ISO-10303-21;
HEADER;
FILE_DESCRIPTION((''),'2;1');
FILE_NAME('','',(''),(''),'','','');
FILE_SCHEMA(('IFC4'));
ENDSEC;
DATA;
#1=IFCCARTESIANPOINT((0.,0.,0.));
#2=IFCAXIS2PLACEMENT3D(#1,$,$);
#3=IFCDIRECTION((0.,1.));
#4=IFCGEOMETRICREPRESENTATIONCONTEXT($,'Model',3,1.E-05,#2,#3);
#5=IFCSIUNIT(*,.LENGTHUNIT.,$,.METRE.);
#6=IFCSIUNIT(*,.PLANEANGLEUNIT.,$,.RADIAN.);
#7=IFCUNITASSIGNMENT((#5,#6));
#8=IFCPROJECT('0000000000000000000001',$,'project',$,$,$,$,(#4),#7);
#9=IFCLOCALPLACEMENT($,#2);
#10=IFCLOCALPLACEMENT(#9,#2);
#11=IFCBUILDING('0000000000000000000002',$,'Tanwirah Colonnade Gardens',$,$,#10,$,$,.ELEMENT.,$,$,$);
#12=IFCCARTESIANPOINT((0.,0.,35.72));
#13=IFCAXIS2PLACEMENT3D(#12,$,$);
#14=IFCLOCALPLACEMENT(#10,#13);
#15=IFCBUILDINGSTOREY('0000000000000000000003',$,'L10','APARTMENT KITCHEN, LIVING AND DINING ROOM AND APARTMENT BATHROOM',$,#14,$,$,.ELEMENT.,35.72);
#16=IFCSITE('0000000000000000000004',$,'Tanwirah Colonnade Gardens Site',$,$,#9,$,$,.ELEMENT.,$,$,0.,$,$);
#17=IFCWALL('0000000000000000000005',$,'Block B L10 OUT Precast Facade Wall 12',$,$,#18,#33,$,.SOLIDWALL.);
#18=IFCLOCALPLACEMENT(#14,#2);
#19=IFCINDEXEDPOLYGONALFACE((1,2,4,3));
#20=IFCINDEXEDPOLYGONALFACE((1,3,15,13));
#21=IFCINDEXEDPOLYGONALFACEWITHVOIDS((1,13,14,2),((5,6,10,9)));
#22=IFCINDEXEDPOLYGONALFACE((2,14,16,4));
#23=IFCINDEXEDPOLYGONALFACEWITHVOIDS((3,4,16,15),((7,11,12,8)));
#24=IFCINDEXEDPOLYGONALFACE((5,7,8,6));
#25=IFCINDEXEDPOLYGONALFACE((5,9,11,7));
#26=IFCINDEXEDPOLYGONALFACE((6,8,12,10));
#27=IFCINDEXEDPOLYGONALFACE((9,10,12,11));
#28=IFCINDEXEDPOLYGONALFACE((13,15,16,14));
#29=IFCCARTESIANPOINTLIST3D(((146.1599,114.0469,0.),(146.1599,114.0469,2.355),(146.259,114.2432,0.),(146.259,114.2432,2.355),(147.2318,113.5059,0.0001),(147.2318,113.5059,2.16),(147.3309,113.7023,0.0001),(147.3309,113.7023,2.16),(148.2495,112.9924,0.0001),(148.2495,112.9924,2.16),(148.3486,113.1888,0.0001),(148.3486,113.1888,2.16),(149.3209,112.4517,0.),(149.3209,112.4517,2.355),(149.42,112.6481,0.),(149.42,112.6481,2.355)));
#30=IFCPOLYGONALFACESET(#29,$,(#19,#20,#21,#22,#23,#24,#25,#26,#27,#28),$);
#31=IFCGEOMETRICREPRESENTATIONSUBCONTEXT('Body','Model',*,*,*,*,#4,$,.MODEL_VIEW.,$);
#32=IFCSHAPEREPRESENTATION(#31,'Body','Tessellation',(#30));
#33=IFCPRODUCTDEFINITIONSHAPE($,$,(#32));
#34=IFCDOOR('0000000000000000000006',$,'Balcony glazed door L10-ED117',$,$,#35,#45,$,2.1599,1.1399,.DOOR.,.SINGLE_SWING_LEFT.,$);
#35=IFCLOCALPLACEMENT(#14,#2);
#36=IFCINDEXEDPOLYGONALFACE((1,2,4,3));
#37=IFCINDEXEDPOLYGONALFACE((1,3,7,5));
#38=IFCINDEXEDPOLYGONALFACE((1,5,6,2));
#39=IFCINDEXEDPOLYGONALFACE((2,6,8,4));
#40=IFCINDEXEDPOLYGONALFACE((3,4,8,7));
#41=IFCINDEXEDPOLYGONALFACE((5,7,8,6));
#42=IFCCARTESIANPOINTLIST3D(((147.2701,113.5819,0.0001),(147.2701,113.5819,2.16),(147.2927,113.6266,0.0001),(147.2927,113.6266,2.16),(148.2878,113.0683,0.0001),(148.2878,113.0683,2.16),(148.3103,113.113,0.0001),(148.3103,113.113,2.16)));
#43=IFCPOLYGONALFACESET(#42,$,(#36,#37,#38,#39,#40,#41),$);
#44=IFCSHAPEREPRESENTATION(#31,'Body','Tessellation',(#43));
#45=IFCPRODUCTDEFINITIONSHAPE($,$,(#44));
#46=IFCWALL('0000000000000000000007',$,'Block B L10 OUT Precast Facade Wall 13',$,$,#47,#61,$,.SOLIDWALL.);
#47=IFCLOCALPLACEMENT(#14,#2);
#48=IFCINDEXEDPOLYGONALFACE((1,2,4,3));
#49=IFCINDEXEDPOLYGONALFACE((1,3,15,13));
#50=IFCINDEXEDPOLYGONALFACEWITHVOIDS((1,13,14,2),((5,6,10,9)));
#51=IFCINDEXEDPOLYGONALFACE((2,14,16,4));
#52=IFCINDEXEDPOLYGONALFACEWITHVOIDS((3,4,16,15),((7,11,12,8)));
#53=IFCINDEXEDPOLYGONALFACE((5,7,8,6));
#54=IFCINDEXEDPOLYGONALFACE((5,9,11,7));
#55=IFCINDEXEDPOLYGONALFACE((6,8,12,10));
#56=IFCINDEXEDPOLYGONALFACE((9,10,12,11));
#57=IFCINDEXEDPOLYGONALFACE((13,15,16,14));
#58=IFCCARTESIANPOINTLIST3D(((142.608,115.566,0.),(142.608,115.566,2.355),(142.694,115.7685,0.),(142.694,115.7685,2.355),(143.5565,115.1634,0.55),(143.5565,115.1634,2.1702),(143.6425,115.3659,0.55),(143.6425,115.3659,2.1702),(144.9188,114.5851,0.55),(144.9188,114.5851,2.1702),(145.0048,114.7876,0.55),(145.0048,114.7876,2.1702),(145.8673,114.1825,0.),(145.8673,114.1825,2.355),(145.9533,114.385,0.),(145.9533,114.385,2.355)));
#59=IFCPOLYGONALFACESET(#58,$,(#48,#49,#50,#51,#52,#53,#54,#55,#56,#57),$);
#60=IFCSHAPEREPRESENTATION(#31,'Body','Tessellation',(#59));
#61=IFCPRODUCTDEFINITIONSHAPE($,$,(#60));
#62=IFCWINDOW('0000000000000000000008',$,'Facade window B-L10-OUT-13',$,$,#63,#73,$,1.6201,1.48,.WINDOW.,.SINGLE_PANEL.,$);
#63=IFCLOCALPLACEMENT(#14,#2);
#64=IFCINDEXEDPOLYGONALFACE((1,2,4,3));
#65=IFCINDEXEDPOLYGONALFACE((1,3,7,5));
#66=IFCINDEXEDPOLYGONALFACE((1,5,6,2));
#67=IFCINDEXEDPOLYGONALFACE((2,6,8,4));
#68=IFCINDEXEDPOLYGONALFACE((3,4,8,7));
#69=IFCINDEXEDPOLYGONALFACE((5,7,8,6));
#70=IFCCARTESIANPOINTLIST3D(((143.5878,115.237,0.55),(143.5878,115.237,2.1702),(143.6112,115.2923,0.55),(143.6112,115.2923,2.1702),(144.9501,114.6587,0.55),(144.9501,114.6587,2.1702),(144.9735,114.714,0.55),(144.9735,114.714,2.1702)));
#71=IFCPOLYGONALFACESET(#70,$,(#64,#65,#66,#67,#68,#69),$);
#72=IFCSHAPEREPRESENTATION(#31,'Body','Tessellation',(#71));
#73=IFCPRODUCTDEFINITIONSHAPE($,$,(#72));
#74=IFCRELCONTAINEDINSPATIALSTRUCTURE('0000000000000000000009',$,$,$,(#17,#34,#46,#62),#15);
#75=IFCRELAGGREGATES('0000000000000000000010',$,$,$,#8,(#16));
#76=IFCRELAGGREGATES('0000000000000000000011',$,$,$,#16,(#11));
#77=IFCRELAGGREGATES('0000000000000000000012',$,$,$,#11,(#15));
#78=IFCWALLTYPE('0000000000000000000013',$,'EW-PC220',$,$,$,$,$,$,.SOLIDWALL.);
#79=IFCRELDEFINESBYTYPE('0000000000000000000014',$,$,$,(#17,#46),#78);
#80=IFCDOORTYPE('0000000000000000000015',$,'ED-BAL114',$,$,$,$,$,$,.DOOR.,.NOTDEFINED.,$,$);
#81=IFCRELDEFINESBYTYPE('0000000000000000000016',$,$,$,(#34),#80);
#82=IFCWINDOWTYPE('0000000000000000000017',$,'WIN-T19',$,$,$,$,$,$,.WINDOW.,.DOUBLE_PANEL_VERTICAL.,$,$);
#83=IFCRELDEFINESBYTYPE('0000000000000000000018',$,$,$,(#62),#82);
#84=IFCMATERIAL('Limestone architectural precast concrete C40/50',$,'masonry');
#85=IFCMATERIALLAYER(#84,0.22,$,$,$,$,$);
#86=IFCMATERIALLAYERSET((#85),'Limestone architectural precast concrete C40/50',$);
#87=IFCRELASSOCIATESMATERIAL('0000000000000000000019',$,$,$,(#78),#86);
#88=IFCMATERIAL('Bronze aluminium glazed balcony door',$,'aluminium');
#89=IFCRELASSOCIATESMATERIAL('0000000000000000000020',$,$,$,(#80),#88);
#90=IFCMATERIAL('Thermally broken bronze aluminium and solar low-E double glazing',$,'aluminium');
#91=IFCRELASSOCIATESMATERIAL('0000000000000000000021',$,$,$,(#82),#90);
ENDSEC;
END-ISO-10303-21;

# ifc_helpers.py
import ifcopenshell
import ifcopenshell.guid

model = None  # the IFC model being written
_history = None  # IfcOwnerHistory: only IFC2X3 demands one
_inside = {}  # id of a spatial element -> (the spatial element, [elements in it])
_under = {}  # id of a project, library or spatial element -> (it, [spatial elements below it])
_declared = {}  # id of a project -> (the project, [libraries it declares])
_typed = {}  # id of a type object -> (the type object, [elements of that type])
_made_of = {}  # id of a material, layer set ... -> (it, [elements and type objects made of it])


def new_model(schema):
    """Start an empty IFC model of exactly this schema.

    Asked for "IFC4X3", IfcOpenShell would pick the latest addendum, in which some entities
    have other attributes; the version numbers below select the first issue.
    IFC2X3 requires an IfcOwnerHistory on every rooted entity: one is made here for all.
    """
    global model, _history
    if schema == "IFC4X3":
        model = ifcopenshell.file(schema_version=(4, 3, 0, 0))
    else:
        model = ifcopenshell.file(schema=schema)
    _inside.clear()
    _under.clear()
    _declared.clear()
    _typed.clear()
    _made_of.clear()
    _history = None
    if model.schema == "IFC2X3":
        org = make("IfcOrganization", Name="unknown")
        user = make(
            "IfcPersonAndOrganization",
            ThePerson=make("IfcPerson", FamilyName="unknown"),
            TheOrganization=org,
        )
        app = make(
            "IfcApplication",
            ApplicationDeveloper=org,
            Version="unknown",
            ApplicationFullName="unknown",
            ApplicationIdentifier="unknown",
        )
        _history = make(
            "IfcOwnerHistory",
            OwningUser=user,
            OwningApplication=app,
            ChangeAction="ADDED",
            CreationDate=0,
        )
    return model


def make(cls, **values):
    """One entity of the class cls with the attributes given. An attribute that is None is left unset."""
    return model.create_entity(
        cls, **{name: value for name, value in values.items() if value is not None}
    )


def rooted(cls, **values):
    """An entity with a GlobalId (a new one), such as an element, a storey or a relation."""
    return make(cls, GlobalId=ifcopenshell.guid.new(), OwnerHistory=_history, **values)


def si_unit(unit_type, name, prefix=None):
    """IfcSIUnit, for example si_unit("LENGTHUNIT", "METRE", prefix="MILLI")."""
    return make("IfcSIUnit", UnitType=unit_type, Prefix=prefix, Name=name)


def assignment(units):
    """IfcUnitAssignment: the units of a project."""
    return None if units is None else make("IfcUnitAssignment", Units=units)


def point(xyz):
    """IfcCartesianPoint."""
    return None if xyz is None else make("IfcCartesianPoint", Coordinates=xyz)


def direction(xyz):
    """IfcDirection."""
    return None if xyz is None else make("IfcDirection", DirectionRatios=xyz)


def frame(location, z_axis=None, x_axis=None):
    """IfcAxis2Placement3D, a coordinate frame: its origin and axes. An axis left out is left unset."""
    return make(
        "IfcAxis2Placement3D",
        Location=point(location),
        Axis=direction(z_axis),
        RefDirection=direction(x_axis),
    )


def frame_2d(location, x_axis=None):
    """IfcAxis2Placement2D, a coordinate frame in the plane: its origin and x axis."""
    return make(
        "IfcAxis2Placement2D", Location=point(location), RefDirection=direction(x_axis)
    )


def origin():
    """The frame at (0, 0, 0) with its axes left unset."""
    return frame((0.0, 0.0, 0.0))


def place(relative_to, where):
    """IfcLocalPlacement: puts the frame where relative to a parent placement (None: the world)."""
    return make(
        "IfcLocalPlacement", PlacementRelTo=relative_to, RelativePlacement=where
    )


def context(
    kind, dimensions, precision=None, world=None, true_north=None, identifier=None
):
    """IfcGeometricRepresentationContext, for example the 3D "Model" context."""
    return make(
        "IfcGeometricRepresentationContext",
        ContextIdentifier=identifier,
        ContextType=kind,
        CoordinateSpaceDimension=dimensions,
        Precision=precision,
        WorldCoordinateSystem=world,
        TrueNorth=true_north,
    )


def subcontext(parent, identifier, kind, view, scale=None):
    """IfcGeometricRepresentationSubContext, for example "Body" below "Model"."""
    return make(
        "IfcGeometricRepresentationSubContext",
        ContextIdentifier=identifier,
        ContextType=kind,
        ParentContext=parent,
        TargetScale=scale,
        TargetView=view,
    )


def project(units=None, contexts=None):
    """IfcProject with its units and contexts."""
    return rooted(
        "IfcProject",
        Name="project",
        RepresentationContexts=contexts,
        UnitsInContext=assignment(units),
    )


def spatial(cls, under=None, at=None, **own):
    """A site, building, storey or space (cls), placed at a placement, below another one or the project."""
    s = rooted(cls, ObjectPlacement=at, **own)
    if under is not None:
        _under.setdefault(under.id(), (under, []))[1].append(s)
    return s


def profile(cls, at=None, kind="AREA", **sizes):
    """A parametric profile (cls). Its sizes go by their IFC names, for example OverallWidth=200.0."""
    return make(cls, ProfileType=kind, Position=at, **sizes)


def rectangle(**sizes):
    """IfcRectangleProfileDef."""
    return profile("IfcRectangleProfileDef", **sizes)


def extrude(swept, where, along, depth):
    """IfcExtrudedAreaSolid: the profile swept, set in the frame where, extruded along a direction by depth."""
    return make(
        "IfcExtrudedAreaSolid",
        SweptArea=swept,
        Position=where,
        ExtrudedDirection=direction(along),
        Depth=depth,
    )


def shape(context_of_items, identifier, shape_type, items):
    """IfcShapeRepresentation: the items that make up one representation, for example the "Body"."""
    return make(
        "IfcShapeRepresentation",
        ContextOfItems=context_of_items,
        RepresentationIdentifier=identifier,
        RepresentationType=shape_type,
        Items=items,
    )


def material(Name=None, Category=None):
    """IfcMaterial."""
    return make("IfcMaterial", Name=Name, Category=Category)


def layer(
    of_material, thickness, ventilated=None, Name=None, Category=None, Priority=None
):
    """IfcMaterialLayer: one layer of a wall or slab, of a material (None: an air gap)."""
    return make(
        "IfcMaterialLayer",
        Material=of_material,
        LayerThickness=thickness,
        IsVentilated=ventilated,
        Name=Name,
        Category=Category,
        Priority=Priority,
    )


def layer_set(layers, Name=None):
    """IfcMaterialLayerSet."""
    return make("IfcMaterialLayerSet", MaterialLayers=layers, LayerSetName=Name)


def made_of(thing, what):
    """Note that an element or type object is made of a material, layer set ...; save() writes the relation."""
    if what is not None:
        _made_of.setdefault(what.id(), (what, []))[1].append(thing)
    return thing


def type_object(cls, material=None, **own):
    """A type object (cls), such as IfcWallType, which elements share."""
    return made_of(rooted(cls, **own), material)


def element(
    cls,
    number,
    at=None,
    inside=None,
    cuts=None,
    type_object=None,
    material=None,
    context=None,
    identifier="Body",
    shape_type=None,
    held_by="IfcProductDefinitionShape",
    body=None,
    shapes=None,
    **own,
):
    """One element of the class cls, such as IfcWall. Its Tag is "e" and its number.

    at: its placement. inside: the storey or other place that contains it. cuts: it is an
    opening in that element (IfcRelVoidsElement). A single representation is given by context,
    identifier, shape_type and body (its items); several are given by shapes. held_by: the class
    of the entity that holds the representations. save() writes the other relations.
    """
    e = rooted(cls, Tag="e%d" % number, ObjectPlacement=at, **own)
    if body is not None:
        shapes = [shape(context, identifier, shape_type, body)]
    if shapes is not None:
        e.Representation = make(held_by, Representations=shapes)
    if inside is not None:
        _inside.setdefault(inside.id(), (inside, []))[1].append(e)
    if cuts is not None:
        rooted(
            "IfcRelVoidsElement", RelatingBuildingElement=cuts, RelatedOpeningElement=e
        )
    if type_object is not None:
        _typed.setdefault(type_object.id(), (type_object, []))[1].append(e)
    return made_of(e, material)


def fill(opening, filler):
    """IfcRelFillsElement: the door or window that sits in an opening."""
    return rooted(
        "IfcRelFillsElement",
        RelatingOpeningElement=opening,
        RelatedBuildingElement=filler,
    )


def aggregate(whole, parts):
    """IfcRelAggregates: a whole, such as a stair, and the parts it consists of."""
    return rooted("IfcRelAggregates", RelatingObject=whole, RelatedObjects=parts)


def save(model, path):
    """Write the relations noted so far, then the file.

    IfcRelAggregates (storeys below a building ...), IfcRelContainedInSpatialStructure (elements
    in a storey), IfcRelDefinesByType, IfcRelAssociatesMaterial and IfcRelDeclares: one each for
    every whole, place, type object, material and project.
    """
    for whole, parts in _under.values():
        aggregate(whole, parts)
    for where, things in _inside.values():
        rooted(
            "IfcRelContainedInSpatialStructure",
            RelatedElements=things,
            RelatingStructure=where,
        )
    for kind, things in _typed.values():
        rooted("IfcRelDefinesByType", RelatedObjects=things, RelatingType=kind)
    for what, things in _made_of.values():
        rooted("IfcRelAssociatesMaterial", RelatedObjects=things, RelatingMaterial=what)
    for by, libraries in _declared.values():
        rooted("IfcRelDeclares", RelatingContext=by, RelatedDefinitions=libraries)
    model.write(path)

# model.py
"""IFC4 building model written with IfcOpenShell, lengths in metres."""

from ifc_helpers import new_model, si_unit, direction, frame, frame_2d, origin, place, context, subcontext, project, spatial, rectangle, extrude, material, layer, layer_set, type_object, element, fill, save


model = new_model("IFC4")

# Units and contexts
model_context = context("Model", 3, precision=1e-05, world=origin(), true_north=direction((0.0, 1.0)))
body_context = subcontext(model_context, "Body", "Model", "MODEL_VIEW")
ifc_project = project(units=[si_unit("LENGTHUNIT", "METRE"), si_unit("PLANEANGLEUNIT", "RADIAN")], contexts=[model_context])

# Site, building, storey
site_placement = place(None, origin())
site = spatial("IfcSite", under=ifc_project, at=site_placement, Name="Tanwirah Colonnade Gardens Site", CompositionType="ELEMENT", RefElevation=0.0)
building_placement = place(site_placement, origin())
building = spatial("IfcBuilding", under=site, at=building_placement, Name="Tanwirah Colonnade Gardens", CompositionType="ELEMENT")
storey_placement = place(building_placement, frame((0.0, 0.0, 35.72)))
storey = spatial("IfcBuildingStorey", under=building, at=storey_placement, Name="L10", Description="APARTMENT KITCHEN, LIVING AND DINING ROOM AND APARTMENT BATHROOM", CompositionType="ELEMENT", Elevation=35.72)

# Shared definitions
ifc_material_1 = material(Name="Limestone architectural precast concrete C40/50", Category="masonry")
ifc_layer_1 = layer(ifc_material_1, 0.22)
ifc_layer_set_1 = layer_set([ifc_layer_1], Name="Limestone architectural precast concrete C40/50")
wall_type_1 = type_object("IfcWallType", Name="EW-PC220", PredefinedType="SOLIDWALL", material=ifc_layer_set_1)
ifc_material_2 = material(Name="Thermally broken bronze aluminium and solar low-E double glazing", Category="aluminium")

# Wall, opening, door
wall_1_placement = place(storey_placement, frame((149.3706, 112.5498, 0.0), z_axis=(0.0, 0.0, 1.0), x_axis=(-0.892766, 0.45052, 0.0)))
wall_1 = element("IfcWall", 1, at=wall_1_placement, inside=storey, type_object=wall_type_1, Name="Block B L10 OUT Precast Facade Wall 12", PredefinedType="SOLIDWALL", context=body_context, shape_type="SweptSolid", body=[
    extrude(rectangle(XDim=3.5408, YDim=0.22, at=frame_2d((1.7705, 0.0))), origin(), (0.0, 0.0, 1.0), 2.355),
])
opening_1_placement = place(wall_1_placement, frame((1.2004, 0.0, 0.0)))
opening_1 = element("IfcOpeningElement", 2, at=opening_1_placement, cuts=wall_1, PredefinedType="OPENING", context=body_context, shape_type="SweptSolid", body=[
    extrude(rectangle(XDim=1.1399, YDim=2.1599, at=frame_2d((0.5698, 1.0801))), frame((0.0, 0.1199, 0.0), z_axis=(0.0, -1.0, 0.0), x_axis=(1.0, 0.0, 0.0)), (0.0, 0.0, 1.0), 0.24),
])
ifc_material_3 = material(Name="Bronze aluminium glazed balcony door", Category="aluminium")
door_type_1 = type_object("IfcDoorType", Name="ED-BAL114", OperationType="NOTDEFINED", PredefinedType="DOOR", material=ifc_material_3)
door_1_placement = place(opening_1_placement, origin())
door_1 = element("IfcDoor", 3, at=door_1_placement, inside=storey, type_object=door_type_1, Name="Balcony glazed door L10-ED117", OperationType="SINGLE_SWING_LEFT", OverallHeight=2.1599, OverallWidth=1.1399, PredefinedType="DOOR", context=body_context, shape_type="SweptSolid", body=[
    extrude(rectangle(XDim=1.1399, YDim=2.1599, at=frame_2d((0.5698, 1.0801))), frame((0.0, 0.0249, 0.0), z_axis=(0.0, -1.0, 0.0), x_axis=(1.0, 0.0, 0.0)), (0.0, 0.0, 1.0), 0.05),
])
fill(opening_1, door_1)

# Wall, opening, window
wall_2_placement = place(storey_placement, frame((145.9104, 114.2837, 0.0), z_axis=(0.0, 0.0, 1.0), x_axis=(-0.920498, 0.390746, 0.0)))
wall_2 = element("IfcWall", 4, at=wall_2_placement, inside=storey, type_object=wall_type_1, Name="Block B L10 OUT Precast Facade Wall 13", PredefinedType="SOLIDWALL", context=body_context, shape_type="SweptSolid", body=[
    extrude(rectangle(XDim=3.5408, YDim=0.22, at=frame_2d((1.7705, 0.0))), origin(), (0.0, 0.0, 1.0), 2.355),
])
opening_2_placement = place(wall_2_placement, frame((1.0305, 0.0, 0.55)))
opening_2 = element("IfcOpeningElement", 5, at=opening_2_placement, cuts=wall_2, PredefinedType="OPENING", context=body_context, shape_type="SweptSolid", body=[
    extrude(rectangle(XDim=1.48, YDim=1.6201, at=frame_2d((0.74, 0.8101))), frame((0.0, 0.1199, 0.0), z_axis=(0.0, -1.0, 0.0), x_axis=(1.0, 0.0, 0.0)), (0.0, 0.0, 1.0), 0.24),
])
window_type_1 = type_object("IfcWindowType", Name="WIN-T19", PartitioningType="DOUBLE_PANEL_VERTICAL", PredefinedType="WINDOW", material=ifc_material_2)
window_1_placement = place(opening_2_placement, origin())
window_1 = element("IfcWindow", 6, at=window_1_placement, inside=storey, type_object=window_type_1, Name="Facade window B-L10-OUT-13", OverallHeight=1.6201, OverallWidth=1.48, PartitioningType="SINGLE_PANEL", PredefinedType="WINDOW", context=body_context, shape_type="SweptSolid", body=[
    extrude(rectangle(XDim=1.48, YDim=1.6201, at=frame_2d((0.74, 0.8101))), frame((0.0, 0.03, 0.0), z_axis=(0.0, -1.0, 0.0), x_axis=(1.0, 0.0, 0.0)), (0.0, 0.0, 1.0), 0.0601),
])
fill(opening_2, window_1)

save(model, "model.ifc")
